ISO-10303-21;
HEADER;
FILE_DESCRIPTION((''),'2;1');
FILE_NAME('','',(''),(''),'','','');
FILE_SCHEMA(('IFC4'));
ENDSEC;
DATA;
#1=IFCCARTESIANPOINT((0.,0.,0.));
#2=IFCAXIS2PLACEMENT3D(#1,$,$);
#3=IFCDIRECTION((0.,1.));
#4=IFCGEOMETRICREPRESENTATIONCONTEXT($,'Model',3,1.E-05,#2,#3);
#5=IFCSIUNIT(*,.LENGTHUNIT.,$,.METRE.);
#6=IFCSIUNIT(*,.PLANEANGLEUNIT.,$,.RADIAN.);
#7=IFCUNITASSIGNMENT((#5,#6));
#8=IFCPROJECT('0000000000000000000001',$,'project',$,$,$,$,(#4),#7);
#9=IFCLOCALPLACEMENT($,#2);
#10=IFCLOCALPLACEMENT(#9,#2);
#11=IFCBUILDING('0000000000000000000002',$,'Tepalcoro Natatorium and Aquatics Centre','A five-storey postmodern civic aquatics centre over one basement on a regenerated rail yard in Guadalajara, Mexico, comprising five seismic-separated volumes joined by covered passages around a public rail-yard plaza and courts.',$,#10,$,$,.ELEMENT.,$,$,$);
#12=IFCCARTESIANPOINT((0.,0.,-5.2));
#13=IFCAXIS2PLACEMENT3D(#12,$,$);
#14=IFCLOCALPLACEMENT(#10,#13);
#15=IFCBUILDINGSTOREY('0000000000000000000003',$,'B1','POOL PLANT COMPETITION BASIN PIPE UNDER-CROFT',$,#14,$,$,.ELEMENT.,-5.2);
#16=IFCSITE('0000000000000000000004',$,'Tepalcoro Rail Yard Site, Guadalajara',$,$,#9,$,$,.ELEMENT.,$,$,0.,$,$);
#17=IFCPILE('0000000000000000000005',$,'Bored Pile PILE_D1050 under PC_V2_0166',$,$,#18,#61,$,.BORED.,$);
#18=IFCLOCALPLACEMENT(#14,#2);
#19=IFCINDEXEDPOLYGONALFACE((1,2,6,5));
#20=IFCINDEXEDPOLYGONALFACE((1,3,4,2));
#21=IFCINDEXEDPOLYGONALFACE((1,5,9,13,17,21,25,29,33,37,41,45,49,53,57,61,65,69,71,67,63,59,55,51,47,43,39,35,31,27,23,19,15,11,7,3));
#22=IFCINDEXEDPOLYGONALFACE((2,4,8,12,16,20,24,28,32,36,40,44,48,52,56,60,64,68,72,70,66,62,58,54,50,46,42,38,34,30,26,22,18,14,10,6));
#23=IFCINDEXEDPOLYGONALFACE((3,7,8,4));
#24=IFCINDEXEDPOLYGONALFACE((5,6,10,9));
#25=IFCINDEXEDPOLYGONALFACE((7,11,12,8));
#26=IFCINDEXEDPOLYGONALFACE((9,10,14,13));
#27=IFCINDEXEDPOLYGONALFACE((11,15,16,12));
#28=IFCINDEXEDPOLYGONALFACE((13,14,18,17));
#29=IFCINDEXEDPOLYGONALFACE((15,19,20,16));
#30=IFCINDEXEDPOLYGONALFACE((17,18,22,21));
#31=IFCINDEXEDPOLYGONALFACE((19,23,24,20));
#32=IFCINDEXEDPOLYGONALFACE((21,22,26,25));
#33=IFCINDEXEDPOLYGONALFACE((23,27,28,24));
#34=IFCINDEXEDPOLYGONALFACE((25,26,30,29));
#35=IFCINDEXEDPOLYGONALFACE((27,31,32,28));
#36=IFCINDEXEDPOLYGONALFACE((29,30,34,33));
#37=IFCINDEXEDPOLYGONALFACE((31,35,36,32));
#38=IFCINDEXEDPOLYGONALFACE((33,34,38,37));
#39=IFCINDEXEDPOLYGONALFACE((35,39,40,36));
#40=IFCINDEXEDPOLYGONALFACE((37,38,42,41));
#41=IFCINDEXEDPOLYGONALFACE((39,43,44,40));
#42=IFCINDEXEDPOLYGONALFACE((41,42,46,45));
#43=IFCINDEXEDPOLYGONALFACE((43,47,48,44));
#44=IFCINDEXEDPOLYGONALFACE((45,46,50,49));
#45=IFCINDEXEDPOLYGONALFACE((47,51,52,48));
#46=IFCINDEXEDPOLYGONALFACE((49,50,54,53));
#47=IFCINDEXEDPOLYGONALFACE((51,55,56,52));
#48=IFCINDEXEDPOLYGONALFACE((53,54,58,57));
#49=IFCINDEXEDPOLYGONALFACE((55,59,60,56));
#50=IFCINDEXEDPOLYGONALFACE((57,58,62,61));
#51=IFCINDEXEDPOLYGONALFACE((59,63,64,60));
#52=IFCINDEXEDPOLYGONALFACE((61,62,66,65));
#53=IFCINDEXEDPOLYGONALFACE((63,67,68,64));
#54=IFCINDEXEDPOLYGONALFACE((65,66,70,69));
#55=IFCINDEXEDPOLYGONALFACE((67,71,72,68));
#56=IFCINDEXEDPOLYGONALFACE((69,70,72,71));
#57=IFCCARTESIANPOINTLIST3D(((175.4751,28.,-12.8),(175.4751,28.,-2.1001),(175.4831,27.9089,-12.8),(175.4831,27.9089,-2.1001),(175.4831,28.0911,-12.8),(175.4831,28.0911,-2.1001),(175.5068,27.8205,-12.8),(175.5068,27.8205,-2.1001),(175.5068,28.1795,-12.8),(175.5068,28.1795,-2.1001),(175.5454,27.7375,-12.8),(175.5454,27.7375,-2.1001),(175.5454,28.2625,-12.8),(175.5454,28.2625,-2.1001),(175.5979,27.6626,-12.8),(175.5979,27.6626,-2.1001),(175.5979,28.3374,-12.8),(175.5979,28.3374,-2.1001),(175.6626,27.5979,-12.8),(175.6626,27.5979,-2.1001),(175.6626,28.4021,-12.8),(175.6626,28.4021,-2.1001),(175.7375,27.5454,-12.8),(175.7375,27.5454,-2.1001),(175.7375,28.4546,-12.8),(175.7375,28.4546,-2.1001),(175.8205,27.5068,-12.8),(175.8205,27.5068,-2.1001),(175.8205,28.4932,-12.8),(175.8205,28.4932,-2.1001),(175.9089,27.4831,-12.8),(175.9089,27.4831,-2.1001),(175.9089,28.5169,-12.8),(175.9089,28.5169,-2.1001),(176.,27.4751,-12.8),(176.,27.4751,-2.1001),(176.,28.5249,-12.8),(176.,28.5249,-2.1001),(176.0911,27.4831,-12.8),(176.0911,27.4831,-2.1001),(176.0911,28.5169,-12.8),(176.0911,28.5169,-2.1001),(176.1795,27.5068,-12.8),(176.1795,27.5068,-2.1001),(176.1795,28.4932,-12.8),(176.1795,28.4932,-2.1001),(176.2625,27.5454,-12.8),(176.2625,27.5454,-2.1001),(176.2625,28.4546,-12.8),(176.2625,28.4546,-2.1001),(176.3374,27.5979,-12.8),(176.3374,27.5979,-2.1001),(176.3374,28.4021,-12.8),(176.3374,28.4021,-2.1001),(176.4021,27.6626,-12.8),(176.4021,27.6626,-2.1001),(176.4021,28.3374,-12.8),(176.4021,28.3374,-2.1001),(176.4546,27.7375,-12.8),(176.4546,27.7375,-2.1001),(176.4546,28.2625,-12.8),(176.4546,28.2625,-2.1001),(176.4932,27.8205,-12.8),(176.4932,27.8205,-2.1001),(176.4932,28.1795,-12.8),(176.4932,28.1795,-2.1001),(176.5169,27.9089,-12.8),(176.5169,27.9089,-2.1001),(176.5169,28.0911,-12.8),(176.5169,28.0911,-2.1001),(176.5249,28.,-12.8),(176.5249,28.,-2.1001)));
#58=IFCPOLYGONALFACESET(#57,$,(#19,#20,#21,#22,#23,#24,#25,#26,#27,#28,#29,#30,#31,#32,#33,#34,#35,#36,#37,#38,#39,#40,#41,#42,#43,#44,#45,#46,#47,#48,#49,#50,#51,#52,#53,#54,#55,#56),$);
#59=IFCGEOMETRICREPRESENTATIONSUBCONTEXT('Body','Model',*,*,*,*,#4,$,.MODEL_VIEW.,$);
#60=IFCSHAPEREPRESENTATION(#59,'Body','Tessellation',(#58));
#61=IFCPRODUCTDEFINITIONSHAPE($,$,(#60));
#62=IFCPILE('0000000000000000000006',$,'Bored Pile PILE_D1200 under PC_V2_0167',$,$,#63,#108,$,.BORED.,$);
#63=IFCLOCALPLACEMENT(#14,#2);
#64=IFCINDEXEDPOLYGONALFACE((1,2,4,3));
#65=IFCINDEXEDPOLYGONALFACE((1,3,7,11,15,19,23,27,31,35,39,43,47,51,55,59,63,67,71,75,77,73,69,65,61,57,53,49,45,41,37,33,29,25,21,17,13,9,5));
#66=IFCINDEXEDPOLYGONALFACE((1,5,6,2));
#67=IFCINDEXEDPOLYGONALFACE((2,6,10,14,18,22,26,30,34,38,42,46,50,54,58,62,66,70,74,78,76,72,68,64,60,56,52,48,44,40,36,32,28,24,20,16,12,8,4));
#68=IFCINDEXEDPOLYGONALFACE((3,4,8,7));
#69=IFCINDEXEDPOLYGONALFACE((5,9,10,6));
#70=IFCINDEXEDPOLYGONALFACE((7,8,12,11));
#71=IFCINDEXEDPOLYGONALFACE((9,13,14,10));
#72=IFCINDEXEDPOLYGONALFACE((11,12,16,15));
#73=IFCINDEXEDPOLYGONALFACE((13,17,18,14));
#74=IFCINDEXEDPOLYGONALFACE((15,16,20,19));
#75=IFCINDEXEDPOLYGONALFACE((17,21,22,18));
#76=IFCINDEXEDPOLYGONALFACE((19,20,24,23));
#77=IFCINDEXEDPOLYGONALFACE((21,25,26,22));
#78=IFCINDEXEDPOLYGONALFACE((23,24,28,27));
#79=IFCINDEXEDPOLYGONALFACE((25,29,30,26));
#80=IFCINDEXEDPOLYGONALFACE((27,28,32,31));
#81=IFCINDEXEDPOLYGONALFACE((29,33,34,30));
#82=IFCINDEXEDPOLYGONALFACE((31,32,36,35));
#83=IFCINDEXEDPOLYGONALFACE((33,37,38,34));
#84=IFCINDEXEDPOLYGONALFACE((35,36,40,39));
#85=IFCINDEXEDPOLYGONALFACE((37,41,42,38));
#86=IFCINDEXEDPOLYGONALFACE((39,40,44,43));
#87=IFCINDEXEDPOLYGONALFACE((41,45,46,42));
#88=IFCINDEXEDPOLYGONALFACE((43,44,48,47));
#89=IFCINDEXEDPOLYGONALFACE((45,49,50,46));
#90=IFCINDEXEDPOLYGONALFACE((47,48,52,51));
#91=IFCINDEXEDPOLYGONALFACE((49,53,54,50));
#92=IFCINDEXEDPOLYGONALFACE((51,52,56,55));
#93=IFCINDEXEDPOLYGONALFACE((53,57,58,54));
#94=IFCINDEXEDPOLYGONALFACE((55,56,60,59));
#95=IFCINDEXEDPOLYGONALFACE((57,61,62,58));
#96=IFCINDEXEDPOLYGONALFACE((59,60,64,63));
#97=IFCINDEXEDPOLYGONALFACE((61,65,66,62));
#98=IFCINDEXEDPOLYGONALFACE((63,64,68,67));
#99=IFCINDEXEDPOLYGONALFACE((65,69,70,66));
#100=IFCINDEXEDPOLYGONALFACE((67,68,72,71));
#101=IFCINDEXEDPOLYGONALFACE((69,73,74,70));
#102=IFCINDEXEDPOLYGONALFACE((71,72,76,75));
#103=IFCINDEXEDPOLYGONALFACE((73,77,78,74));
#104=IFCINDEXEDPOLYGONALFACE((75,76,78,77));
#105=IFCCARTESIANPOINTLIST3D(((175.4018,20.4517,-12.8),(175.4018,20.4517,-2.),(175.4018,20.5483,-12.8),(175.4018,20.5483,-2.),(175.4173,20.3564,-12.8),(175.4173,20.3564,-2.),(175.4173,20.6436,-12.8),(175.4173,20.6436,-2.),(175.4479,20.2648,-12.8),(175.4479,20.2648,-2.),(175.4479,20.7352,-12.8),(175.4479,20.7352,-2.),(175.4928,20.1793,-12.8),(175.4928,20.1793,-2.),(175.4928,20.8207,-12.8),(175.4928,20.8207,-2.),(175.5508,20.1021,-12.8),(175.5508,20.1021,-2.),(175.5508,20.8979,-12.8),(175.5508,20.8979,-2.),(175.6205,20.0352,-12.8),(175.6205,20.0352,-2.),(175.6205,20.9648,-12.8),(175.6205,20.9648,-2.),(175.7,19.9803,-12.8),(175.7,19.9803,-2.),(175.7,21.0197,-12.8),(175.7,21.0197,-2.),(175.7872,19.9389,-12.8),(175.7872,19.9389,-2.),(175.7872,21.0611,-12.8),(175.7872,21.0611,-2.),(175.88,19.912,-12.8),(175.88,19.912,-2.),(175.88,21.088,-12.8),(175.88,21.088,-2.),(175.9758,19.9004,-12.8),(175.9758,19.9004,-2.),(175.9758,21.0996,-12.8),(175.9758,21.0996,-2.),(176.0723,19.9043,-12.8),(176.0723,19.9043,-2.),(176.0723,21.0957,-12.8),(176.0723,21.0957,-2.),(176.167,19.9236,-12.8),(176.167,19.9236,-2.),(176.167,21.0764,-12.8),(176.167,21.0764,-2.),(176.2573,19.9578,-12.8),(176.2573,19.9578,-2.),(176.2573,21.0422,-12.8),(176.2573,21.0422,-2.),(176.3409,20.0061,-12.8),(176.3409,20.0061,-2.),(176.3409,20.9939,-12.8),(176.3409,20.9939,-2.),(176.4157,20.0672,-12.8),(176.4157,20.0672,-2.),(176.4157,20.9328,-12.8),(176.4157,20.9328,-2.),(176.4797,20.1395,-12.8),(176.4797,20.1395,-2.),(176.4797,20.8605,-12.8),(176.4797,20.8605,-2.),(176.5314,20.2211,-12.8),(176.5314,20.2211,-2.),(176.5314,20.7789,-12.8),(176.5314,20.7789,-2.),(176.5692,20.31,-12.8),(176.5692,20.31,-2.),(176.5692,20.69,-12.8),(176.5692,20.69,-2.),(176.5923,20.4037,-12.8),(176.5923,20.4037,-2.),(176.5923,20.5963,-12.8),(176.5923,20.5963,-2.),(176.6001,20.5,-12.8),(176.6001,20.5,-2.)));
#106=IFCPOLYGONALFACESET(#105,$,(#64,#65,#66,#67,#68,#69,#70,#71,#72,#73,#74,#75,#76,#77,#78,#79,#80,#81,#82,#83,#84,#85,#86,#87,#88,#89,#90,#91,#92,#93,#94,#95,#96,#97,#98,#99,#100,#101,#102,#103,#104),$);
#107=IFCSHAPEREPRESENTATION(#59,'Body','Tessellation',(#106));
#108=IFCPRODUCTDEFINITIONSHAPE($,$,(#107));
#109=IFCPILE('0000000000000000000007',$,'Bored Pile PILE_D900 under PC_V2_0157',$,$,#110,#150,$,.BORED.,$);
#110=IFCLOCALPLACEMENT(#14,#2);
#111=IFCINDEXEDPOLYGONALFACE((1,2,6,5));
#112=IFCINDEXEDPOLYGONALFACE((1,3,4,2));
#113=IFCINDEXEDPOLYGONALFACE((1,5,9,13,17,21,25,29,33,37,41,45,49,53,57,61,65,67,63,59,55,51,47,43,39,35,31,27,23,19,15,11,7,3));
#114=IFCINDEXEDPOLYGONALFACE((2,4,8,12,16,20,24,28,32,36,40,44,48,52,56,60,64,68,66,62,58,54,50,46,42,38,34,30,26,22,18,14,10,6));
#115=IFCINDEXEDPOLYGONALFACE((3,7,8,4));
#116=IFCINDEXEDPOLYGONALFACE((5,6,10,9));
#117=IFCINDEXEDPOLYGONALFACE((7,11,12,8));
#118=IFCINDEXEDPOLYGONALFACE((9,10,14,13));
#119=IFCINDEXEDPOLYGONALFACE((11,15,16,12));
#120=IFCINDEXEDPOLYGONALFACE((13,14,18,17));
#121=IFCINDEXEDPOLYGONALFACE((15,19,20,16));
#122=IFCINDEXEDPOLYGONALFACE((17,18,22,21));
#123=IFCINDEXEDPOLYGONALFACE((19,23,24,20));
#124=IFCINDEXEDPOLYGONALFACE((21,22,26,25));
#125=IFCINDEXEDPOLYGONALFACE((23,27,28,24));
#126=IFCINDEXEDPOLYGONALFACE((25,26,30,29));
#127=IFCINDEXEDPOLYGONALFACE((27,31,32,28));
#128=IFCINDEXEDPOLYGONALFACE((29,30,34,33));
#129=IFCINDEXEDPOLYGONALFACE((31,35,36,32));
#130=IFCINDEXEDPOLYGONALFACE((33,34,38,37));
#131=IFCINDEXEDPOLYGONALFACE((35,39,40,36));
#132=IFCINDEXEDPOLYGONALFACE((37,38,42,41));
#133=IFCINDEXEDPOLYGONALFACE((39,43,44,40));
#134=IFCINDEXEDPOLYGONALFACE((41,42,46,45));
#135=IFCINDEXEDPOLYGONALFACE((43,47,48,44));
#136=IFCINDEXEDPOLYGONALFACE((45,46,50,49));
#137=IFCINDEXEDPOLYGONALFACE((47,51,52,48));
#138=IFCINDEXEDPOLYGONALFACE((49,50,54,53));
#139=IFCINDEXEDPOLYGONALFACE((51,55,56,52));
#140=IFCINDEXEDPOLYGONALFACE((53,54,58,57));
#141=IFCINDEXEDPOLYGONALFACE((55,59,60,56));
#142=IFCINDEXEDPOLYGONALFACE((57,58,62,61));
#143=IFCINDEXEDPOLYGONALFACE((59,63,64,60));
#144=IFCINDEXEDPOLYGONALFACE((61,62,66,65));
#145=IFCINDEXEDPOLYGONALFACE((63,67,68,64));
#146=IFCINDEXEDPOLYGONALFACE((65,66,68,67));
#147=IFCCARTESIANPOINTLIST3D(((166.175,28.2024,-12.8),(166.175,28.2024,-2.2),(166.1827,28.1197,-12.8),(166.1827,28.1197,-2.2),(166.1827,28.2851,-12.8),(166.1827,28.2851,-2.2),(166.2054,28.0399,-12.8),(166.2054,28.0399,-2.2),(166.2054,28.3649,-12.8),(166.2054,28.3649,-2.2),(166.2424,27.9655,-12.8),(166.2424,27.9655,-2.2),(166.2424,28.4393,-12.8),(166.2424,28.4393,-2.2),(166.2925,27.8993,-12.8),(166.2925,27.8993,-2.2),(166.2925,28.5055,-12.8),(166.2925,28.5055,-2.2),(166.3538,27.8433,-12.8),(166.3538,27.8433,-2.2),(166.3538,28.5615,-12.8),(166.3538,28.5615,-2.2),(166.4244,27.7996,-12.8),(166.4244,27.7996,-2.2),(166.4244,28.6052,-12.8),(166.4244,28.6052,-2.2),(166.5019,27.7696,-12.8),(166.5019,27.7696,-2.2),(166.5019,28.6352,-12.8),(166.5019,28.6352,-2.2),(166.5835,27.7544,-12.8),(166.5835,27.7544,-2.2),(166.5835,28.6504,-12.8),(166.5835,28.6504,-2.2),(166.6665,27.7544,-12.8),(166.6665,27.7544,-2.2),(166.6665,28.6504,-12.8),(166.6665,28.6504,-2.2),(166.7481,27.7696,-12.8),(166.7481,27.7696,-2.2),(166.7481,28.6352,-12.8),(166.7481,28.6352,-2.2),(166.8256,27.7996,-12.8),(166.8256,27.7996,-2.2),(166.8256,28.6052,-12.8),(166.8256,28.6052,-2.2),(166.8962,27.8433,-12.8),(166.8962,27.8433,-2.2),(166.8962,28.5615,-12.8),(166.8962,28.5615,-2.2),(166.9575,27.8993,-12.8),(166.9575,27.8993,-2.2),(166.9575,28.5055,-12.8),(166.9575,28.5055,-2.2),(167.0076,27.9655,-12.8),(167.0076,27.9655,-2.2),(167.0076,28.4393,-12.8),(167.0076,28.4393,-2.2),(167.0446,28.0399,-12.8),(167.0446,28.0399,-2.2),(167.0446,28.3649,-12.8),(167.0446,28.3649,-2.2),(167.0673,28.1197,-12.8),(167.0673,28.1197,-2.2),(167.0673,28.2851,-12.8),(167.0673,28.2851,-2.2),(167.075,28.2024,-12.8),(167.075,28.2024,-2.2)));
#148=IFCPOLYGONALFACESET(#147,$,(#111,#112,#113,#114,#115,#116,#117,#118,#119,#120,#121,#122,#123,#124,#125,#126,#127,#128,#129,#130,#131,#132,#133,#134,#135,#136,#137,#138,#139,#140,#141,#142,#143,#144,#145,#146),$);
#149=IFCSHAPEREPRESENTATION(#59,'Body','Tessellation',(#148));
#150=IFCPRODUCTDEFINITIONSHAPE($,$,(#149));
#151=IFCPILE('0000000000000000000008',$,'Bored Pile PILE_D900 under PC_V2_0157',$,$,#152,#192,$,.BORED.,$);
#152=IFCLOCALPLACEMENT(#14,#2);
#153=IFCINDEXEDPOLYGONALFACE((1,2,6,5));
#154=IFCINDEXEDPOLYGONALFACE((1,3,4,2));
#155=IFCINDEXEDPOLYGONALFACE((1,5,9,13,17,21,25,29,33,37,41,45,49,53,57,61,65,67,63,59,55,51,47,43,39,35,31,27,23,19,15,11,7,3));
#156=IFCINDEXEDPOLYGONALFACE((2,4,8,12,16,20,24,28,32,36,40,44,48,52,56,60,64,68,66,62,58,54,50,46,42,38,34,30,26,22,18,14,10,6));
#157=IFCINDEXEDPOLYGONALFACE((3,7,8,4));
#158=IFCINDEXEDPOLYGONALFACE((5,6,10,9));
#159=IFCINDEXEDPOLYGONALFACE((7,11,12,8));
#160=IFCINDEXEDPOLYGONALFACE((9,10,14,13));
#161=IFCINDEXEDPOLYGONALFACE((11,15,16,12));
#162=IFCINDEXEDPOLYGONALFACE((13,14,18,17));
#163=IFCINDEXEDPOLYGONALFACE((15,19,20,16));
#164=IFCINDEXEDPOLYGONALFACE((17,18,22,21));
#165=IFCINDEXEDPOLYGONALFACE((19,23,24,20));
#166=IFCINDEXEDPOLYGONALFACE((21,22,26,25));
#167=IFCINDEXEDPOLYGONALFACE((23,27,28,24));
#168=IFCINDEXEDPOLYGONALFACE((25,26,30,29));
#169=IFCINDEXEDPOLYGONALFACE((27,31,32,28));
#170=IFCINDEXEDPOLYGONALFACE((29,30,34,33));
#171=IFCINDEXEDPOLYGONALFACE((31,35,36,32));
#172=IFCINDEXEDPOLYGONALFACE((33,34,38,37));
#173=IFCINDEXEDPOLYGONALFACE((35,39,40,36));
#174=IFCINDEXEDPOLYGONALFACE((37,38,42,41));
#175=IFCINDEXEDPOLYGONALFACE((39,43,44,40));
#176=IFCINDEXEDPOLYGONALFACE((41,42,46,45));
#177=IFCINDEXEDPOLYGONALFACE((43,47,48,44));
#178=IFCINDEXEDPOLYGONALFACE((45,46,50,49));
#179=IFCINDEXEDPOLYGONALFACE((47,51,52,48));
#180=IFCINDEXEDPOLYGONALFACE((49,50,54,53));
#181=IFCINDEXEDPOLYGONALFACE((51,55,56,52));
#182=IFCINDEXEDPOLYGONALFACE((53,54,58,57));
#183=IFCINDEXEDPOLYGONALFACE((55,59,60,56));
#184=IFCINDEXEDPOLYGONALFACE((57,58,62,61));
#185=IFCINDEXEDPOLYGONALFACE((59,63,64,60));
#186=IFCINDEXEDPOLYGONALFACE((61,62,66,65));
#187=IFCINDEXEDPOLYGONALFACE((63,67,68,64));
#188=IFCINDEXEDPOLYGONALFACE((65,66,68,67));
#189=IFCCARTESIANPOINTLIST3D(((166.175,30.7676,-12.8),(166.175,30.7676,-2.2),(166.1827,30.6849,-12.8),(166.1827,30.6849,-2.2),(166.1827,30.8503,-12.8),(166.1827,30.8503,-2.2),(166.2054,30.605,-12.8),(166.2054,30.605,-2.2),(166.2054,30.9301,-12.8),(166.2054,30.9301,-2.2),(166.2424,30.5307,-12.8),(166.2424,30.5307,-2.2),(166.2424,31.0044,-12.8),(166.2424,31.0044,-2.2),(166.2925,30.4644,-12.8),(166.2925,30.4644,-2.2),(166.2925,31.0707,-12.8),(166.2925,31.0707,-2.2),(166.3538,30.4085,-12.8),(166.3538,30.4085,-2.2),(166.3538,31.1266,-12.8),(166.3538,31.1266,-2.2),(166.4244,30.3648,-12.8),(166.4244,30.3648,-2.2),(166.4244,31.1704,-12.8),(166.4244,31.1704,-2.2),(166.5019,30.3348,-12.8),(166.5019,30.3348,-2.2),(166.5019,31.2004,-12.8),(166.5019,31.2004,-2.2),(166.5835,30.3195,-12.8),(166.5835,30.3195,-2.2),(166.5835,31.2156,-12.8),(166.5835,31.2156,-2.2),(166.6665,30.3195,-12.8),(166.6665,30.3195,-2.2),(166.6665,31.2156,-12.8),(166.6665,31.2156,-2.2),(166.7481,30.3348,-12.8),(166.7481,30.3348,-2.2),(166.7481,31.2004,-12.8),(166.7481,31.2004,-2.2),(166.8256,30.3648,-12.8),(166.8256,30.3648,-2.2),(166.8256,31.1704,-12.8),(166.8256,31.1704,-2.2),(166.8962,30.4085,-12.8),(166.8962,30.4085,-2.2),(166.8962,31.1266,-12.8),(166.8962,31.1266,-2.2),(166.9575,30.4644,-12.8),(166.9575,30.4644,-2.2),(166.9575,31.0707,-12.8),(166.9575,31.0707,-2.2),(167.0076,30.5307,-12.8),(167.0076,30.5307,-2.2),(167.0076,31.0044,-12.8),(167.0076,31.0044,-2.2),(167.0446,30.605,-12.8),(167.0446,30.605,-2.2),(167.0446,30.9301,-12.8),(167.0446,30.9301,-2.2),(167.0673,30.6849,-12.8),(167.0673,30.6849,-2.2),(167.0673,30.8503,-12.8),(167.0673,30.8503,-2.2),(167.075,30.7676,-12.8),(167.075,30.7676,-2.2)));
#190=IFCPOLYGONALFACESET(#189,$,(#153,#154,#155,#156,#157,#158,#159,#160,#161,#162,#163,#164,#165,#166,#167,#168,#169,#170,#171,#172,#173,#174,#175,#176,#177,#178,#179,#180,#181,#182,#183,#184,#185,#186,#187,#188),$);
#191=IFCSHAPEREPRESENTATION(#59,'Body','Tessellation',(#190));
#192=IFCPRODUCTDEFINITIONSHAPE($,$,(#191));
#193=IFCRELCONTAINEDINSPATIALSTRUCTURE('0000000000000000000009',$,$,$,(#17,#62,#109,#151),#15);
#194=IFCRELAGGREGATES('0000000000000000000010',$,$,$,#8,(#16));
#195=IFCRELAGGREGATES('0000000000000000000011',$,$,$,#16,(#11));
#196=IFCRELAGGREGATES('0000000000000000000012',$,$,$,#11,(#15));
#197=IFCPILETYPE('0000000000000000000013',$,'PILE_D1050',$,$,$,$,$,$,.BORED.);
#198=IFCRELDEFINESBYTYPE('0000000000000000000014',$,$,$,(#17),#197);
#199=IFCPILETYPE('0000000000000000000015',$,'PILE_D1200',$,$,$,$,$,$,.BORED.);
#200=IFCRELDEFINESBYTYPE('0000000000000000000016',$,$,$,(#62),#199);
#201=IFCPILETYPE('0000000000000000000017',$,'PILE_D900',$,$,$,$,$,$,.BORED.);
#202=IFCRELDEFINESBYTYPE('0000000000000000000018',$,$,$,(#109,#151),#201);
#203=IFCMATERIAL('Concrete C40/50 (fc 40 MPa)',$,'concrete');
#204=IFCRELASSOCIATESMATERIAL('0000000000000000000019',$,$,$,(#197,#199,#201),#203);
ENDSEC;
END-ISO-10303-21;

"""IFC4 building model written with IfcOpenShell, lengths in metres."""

from ifc_helpers import new_model, si_unit, direction, frame, origin, origin_2d, place, context, subcontext, project, spatial, circle, extrude, material, material_profile, profile_set, type_object, element, save


model = new_model("IFC4")

# Units and contexts
model_context = context("Model", 3, precision=1e-05, world=origin(), true_north=direction((0.0, 1.0)))
body_context = subcontext(model_context, "Body", "Model", "MODEL_VIEW")
ifc_project = project(units=[si_unit("LENGTHUNIT", "METRE"), si_unit("PLANEANGLEUNIT", "RADIAN")], contexts=[model_context])

# Site, building, storey
site_placement = place(None, origin())
site = spatial("IfcSite", under=ifc_project, at=site_placement, Name="Tepalcoro Rail Yard Site, Guadalajara", CompositionType="ELEMENT", RefElevation=0.0)
building_placement = place(site_placement, origin())
building = spatial("IfcBuilding", under=site, at=building_placement, Name="Tepalcoro Natatorium and Aquatics Centre", Description="A five-storey postmodern civic aquatics centre over one basement on a regenerated rail yard in Guadalajara, Mexico, comprising five seismic-separated volumes joined by covered passages around a public rail-yard plaza and courts.", CompositionType="ELEMENT")
storey_placement = place(building_placement, frame((0.0, 0.0, -5.2)))
storey = spatial("IfcBuildingStorey", under=building, at=storey_placement, Name="B1", Description="POOL PLANT COMPETITION BASIN PIPE UNDER-CROFT", CompositionType="ELEMENT", Elevation=-5.2)

# Piles
ifc_material_1 = material(Name="Concrete C40/50 (fc 40 MPa)", Category="concrete")
ifc_material_profile_1 = material_profile(ifc_material_1, circle(Radius=0.5249, at=origin_2d()), Name="PILE_D1050")
ifc_profile_set_1 = profile_set([ifc_material_profile_1], Name="Concrete C40/50 (fc 40 MPa)")
pile_type_1 = type_object("IfcPileType", Name="PILE_D1050", PredefinedType="BORED", material=ifc_profile_set_1)
pile_1_placement = place(storey_placement, frame((176.0, 28.0, -2.1001), z_axis=(0.0, 0.0, -1.0), x_axis=(1.0, 0.0, 0.0)))
element("IfcPile", 1, at=pile_1_placement, inside=storey, type_object=pile_type_1, Name="Bored Pile PILE_D1050 under PC_V2_0166", PredefinedType="BORED", context=body_context, shape_type="SweptSolid", body=[
    extrude(circle(Radius=0.5249, at=origin_2d()), origin(), (0.0, 0.0, 1.0), 10.7),
])
ifc_material_profile_2 = material_profile(ifc_material_1, circle(Radius=0.6001, at=origin_2d()), Name="PILE_D1200")
ifc_profile_set_2 = profile_set([ifc_material_profile_2], Name="Concrete C40/50 (fc 40 MPa)")
pile_type_2 = type_object("IfcPileType", Name="PILE_D1200", PredefinedType="BORED", material=ifc_profile_set_2)
pile_2_placement = place(storey_placement, frame((176.0, 20.5, -2.0), z_axis=(0.0, 0.0, -1.0), x_axis=(1.0, 0.0, 0.0)))
element("IfcPile", 2, at=pile_2_placement, inside=storey, type_object=pile_type_2, Name="Bored Pile PILE_D1200 under PC_V2_0167", PredefinedType="BORED", context=body_context, shape_type="SweptSolid", body=[
    extrude(circle(Radius=0.6001, at=origin_2d()), origin(), (0.0, 0.0, 1.0), 10.8),
])
ifc_material_profile_3 = material_profile(ifc_material_1, circle(Radius=0.45, at=origin_2d()), Name="PILE_D900")
ifc_profile_set_3 = profile_set([ifc_material_profile_3], Name="Concrete C40/50 (fc 40 MPa)")
pile_type_3 = type_object("IfcPileType", Name="PILE_D900", PredefinedType="BORED", material=ifc_profile_set_3)
for number, where, z_axis, x_axis, name in (
    (3, (166.625, 28.2024, -2.2), (0.0, 0.0, -1.0), (1.0, 0.0, 0.0), "Bored Pile PILE_D900 under PC_V2_0157"),
    (4, (166.625, 30.7676, -2.2), (0.0, 0.0, -1.0), (1.0, 0.0, 0.0), "Bored Pile PILE_D900 under PC_V2_0157"),
):
    element("IfcPile", number, at=place(storey_placement, frame(where, z_axis=z_axis, x_axis=x_axis)), inside=storey, type_object=pile_type_3, Name=name, PredefinedType="BORED", context=body_context, shape_type="SweptSolid", body=[
        extrude(circle(Radius=0.45, at=origin_2d()), origin(), (0.0, 0.0, 1.0), 10.6001),
    ])

save(model, "model.ifc")
